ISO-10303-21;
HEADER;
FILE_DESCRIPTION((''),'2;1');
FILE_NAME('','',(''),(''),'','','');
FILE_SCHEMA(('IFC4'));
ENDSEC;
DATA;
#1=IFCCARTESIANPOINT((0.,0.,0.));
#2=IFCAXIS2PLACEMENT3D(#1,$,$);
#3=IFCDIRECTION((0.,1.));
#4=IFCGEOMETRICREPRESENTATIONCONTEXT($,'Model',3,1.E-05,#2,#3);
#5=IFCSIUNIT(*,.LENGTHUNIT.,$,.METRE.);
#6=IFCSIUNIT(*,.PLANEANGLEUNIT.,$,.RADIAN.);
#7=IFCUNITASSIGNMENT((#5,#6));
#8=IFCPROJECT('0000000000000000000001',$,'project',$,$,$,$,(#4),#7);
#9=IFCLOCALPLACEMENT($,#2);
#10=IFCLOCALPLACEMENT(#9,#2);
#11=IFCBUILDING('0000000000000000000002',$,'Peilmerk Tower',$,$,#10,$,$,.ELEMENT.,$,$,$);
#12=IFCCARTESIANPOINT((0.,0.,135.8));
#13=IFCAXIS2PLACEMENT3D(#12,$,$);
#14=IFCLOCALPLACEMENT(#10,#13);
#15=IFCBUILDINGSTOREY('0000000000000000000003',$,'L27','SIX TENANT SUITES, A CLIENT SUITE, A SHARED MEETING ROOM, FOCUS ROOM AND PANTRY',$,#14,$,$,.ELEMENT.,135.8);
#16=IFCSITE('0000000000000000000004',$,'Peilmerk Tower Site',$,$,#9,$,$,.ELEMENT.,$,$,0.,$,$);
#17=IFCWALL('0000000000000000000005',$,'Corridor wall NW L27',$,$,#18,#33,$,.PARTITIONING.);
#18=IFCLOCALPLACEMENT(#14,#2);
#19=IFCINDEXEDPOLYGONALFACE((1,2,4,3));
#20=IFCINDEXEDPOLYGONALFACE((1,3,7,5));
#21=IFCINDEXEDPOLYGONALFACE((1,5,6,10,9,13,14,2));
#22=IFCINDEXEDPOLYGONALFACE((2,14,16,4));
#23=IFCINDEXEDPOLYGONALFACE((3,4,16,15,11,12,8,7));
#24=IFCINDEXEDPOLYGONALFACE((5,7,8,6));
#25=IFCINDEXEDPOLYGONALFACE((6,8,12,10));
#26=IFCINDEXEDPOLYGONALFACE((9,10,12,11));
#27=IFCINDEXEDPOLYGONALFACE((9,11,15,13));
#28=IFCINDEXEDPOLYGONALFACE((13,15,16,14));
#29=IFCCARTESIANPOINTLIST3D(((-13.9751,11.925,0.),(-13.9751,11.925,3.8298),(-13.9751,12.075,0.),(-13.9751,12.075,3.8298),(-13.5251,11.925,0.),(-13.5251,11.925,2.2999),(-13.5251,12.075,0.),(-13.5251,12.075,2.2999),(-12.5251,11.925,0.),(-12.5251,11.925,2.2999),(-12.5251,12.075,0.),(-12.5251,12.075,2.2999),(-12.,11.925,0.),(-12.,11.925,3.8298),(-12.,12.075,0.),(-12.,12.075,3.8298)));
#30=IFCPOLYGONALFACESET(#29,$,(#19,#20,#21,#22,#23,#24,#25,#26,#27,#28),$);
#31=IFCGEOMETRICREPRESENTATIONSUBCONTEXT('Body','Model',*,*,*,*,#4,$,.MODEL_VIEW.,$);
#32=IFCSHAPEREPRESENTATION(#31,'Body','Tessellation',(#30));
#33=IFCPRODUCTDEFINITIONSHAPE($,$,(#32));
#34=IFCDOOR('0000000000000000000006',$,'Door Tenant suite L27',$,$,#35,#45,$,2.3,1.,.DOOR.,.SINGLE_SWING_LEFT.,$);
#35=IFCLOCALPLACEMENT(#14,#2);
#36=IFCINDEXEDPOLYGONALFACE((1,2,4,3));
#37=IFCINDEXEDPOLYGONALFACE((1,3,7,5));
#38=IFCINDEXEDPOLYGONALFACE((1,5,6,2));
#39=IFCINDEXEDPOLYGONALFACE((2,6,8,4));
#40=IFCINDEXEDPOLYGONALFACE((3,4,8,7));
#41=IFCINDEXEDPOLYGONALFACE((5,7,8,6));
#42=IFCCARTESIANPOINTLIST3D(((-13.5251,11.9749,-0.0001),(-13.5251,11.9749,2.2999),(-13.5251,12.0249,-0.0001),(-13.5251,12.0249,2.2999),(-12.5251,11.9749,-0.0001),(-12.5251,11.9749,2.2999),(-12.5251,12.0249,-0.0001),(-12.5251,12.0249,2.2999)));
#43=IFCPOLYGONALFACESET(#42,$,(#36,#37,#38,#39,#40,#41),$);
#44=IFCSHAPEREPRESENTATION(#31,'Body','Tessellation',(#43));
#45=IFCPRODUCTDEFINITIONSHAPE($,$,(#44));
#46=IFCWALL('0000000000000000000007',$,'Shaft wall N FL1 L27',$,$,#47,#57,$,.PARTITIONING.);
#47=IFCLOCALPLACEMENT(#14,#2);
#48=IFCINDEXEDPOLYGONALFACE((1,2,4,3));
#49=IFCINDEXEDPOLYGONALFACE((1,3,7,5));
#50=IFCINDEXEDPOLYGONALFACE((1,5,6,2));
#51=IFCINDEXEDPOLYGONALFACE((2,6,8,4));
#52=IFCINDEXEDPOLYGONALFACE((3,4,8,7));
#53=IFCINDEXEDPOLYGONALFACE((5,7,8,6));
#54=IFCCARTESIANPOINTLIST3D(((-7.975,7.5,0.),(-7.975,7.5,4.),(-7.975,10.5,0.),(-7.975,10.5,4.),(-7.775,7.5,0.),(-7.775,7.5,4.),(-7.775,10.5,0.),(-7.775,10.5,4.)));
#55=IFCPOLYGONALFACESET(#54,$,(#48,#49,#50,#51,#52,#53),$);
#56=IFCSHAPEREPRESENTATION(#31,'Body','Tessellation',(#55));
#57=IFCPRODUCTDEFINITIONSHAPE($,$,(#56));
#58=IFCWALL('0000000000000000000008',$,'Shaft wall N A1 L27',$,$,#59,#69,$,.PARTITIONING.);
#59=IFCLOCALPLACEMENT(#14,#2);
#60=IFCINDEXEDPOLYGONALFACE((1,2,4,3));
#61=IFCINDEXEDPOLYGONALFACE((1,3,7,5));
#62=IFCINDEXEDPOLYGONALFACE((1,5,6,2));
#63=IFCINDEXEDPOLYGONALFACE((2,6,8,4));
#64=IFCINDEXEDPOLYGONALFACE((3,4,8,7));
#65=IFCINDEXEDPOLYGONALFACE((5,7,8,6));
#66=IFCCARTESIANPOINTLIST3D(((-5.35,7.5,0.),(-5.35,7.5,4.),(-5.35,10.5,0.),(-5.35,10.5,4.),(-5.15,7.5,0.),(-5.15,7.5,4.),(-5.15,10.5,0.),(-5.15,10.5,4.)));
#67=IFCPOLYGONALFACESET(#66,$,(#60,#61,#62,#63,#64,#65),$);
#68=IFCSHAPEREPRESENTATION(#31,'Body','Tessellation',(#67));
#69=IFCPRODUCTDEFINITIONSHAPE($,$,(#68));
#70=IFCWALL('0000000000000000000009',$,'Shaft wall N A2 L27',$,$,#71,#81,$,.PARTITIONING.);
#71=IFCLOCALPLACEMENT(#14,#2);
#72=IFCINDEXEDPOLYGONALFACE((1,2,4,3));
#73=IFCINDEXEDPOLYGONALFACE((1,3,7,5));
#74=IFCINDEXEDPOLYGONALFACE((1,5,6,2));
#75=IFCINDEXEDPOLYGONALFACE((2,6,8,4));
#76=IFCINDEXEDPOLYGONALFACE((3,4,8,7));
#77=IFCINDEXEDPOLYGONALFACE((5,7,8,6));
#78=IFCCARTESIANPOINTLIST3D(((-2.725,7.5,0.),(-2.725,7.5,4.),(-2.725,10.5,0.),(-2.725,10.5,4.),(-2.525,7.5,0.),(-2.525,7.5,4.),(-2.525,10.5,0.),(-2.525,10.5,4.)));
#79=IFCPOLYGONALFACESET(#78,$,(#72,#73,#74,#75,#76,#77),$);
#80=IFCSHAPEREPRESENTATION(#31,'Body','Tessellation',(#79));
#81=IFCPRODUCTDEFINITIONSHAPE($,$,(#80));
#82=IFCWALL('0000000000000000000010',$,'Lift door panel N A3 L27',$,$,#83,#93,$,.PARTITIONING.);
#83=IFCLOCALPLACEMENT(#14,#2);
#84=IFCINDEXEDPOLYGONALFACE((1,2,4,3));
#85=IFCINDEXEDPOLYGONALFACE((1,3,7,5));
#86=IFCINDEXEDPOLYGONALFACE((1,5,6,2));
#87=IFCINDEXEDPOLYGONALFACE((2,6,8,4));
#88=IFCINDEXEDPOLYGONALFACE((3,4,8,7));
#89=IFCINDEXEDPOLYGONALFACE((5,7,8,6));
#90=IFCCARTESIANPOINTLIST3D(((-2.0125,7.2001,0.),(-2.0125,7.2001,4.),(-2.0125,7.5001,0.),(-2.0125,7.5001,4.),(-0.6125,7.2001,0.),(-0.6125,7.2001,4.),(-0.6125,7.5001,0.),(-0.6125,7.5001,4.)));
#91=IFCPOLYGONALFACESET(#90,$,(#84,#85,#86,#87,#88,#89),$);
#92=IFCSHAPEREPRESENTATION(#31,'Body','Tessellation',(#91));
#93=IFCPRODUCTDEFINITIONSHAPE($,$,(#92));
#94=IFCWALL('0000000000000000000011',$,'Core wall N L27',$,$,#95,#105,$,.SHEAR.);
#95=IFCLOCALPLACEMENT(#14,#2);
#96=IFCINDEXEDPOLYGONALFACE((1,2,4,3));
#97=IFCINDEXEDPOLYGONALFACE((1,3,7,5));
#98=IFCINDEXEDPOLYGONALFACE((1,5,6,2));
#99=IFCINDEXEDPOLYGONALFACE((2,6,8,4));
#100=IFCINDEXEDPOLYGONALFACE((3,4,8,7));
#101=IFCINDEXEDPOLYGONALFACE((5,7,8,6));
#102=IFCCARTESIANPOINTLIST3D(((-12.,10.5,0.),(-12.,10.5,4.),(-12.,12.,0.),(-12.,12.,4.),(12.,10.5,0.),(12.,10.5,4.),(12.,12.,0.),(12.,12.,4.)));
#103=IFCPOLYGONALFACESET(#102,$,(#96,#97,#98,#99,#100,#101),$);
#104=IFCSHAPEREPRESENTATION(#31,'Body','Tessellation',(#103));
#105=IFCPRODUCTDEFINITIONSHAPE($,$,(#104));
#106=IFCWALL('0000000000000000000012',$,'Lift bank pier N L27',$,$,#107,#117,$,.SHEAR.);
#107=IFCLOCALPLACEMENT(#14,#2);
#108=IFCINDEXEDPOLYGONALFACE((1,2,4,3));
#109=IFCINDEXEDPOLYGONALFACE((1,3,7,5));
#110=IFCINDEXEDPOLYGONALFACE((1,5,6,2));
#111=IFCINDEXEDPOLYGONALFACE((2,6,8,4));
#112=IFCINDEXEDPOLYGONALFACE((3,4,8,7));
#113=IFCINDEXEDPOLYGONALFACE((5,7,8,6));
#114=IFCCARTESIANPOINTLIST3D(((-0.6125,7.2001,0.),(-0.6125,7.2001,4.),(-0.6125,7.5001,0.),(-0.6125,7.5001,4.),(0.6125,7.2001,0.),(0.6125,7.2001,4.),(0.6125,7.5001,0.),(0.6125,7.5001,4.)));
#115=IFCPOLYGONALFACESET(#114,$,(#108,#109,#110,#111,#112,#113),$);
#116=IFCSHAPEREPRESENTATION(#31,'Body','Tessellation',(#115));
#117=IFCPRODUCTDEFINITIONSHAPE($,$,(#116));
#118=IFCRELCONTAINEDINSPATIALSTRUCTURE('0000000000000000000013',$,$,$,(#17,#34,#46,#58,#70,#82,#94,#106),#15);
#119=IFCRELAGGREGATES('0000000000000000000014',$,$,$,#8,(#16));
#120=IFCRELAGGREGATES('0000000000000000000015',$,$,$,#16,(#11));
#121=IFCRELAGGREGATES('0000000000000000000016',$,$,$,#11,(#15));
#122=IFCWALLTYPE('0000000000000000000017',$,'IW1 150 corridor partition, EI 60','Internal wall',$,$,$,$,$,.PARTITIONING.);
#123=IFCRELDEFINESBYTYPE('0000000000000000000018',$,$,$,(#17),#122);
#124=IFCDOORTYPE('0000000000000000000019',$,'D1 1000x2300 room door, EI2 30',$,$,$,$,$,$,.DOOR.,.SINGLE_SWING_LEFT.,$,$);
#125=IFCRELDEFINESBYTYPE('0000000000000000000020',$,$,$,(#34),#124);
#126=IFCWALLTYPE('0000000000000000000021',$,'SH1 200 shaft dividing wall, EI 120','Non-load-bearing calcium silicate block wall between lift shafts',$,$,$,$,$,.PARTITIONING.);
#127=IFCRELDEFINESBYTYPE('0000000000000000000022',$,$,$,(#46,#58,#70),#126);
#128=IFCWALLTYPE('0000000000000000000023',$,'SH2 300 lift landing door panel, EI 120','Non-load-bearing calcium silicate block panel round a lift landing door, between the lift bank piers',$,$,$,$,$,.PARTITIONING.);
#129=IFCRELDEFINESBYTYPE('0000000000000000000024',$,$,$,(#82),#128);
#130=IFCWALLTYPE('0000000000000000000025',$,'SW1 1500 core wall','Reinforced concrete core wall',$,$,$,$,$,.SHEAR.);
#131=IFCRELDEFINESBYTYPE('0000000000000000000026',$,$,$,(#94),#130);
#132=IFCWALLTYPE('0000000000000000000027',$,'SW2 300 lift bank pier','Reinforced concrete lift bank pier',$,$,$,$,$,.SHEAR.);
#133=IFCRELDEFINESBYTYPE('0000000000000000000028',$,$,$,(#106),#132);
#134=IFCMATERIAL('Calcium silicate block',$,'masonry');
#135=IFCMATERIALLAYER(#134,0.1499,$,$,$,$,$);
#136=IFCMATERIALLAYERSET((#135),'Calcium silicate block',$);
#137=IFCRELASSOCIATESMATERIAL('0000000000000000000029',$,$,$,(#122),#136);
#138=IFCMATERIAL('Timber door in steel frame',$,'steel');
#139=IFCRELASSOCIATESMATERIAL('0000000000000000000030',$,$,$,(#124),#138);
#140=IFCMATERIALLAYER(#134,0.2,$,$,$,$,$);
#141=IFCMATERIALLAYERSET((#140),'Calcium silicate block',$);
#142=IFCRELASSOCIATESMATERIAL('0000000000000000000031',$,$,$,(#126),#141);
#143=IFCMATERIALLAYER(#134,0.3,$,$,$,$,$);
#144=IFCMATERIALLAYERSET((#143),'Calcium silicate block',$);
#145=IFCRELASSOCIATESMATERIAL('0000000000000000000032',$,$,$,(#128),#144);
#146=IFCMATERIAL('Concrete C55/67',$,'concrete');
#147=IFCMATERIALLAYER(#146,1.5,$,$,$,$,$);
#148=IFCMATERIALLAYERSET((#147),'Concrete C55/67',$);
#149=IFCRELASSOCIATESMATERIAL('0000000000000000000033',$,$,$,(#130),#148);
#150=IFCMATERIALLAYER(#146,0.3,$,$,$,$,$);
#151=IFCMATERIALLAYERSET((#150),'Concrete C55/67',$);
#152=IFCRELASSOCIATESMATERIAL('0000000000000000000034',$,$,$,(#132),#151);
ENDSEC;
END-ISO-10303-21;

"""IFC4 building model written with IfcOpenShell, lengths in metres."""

from ifc_helpers import new_model, si_unit, direction, frame, frame_2d, origin, place, context, subcontext, project, spatial, rectangle, extrude, material, layer, layer_set, type_object, element, fill, save


model = new_model("IFC4")

# Units and contexts
model_context = context("Model", 3, precision=1e-05, world=origin(), true_north=direction((0.0, 1.0)))
body_context = subcontext(model_context, "Body", "Model", "MODEL_VIEW")
ifc_project = project(units=[si_unit("LENGTHUNIT", "METRE"), si_unit("PLANEANGLEUNIT", "RADIAN")], contexts=[model_context])

# Site, building, storey
site_placement = place(None, origin())
site = spatial("IfcSite", under=ifc_project, at=site_placement, Name="Peilmerk Tower Site", CompositionType="ELEMENT", RefElevation=0.0)
building_placement = place(site_placement, origin())
building = spatial("IfcBuilding", under=site, at=building_placement, Name="Peilmerk Tower", CompositionType="ELEMENT")
storey_placement = place(building_placement, frame((0.0, 0.0, 135.8)))
storey = spatial("IfcBuildingStorey", under=building, at=storey_placement, Name="L27", Description="SIX TENANT SUITES, A CLIENT SUITE, A SHARED MEETING ROOM, FOCUS ROOM AND PANTRY", CompositionType="ELEMENT", Elevation=135.8)

# Shared definitions
ifc_material_1 = material(Name="Calcium silicate block", Category="masonry")
ifc_layer_1 = layer(ifc_material_1, 0.1499)
ifc_layer_set_1 = layer_set([ifc_layer_1], Name="Calcium silicate block")
wall_type_1 = type_object("IfcWallType", Name="IW1 150 corridor partition, EI 60", Description="Internal wall", PredefinedType="PARTITIONING", material=ifc_layer_set_1)
ifc_material_2 = material(Name="Timber door in steel frame", Category="steel")
door_type_1 = type_object("IfcDoorType", Name="D1 1000x2300 room door, EI2 30", OperationType="SINGLE_SWING_LEFT", PredefinedType="DOOR", material=ifc_material_2)

# Wall, opening, door
wall_1_placement = place(storey_placement, frame((-13.9751, 12.0, 0.0), z_axis=(0.0, 0.0, 1.0), x_axis=(1.0, 0.0, 0.0)))
wall_1 = element("IfcWall", 1, at=wall_1_placement, inside=storey, type_object=wall_type_1, Name="Corridor wall NW L27", PredefinedType="PARTITIONING", context=body_context, shape_type="SweptSolid", body=[
    extrude(rectangle(XDim=1.9751, YDim=0.1499, at=frame_2d((0.9875, 0.0))), origin(), (0.0, 0.0, 1.0), 3.8298),
])
opening_1_placement = place(wall_1_placement, frame((0.45, 0.0, 0.0)))
opening_1 = element("IfcOpeningElement", 2, at=opening_1_placement, cuts=wall_1, PredefinedType="OPENING", context=body_context, shape_type="SweptSolid", body=[
    extrude(rectangle(XDim=1.0, YDim=2.3, at=frame_2d((0.5, 1.1499))), frame((0.0, 0.085, 0.0), z_axis=(0.0, -1.0, 0.0), x_axis=(1.0, 0.0, 0.0)), (0.0, 0.0, 1.0), 0.1699),
])
door_1_placement = place(opening_1_placement, origin())
door_1 = element("IfcDoor", 3, at=door_1_placement, inside=storey, type_object=door_type_1, Name="Door Tenant suite L27", OperationType="SINGLE_SWING_LEFT", OverallHeight=2.3, OverallWidth=1.0, PredefinedType="DOOR", context=body_context, shape_type="SweptSolid", body=[
    extrude(rectangle(XDim=1.0, YDim=2.3, at=frame_2d((0.5, 1.1499))), frame((0.0, 0.0249, 0.0), z_axis=(0.0, -1.0, 0.0), x_axis=(1.0, 0.0, 0.0)), (0.0, 0.0, 1.0), 0.05),
])
fill(opening_1, door_1)

# Walls
ifc_layer_2 = layer(ifc_material_1, 0.2)
ifc_layer_set_2 = layer_set([ifc_layer_2], Name="Calcium silicate block")
wall_type_2 = type_object("IfcWallType", Name="SH1 200 shaft dividing wall, EI 120", Description="Non-load-bearing calcium silicate block wall between lift shafts", PredefinedType="PARTITIONING", material=ifc_layer_set_2)
for number, where, z_axis, x_axis, name in (
    (4, (-7.875, 7.5, 0.0), (0.0, 0.0, 1.0), (0.0, 1.0, 0.0), "Shaft wall N FL1 L27"),
    (5, (-5.25, 7.5, 0.0), (0.0, 0.0, 1.0), (0.0, 1.0, 0.0), "Shaft wall N A1 L27"),
    (6, (-2.625, 7.5, 0.0), (0.0, 0.0, 1.0), (0.0, 1.0, 0.0), "Shaft wall N A2 L27"),
):
    element("IfcWall", number, at=place(storey_placement, frame(where, z_axis=z_axis, x_axis=x_axis)), inside=storey, type_object=wall_type_2, Name=name, PredefinedType="PARTITIONING", context=body_context, shape_type="SweptSolid", body=[
        extrude(rectangle(XDim=3.0, YDim=0.2, at=frame_2d((1.5, 0.0))), origin(), (0.0, 0.0, 1.0), 4.0),
    ])
ifc_layer_3 = layer(ifc_material_1, 0.3)
ifc_layer_set_3 = layer_set([ifc_layer_3], Name="Calcium silicate block")
wall_type_3 = type_object("IfcWallType", Name="SH2 300 lift landing door panel, EI 120", Description="Non-load-bearing calcium silicate block panel round a lift landing door, between the lift bank piers", PredefinedType="PARTITIONING", material=ifc_layer_set_3)
wall_2_placement = place(storey_placement, frame((-2.0125, 7.3501, 0.0), z_axis=(0.0, 0.0, 1.0), x_axis=(1.0, 0.0, 0.0)))
element("IfcWall", 7, at=wall_2_placement, inside=storey, type_object=wall_type_3, Name="Lift door panel N A3 L27", PredefinedType="PARTITIONING", context=body_context, shape_type="SweptSolid", body=[
    extrude(rectangle(XDim=1.3999, YDim=0.3, at=frame_2d((0.7, 0.0))), origin(), (0.0, 0.0, 1.0), 4.0),
])
ifc_material_3 = material(Name="Concrete C55/67", Category="concrete")
ifc_layer_4 = layer(ifc_material_3, 1.5)
ifc_layer_set_4 = layer_set([ifc_layer_4], Name="Concrete C55/67")
wall_type_4 = type_object("IfcWallType", Name="SW1 1500 core wall", Description="Reinforced concrete core wall", PredefinedType="SHEAR", material=ifc_layer_set_4)
wall_3_placement = place(storey_placement, frame((-12.0, 11.25, 0.0), z_axis=(0.0, 0.0, 1.0), x_axis=(1.0, 0.0, 0.0)))
element("IfcWall", 8, at=wall_3_placement, inside=storey, type_object=wall_type_4, Name="Core wall N L27", PredefinedType="SHEAR", context=body_context, shape_type="SweptSolid", body=[
    extrude(rectangle(XDim=24.0, YDim=1.5, at=frame_2d((12.0, 0.0))), origin(), (0.0, 0.0, 1.0), 4.0),
])
ifc_layer_5 = layer(ifc_material_3, 0.3)
ifc_layer_set_5 = layer_set([ifc_layer_5], Name="Concrete C55/67")
wall_type_5 = type_object("IfcWallType", Name="SW2 300 lift bank pier", Description="Reinforced concrete lift bank pier", PredefinedType="SHEAR", material=ifc_layer_set_5)
wall_4_placement = place(storey_placement, frame((-0.6125, 7.3501, 0.0), z_axis=(0.0, 0.0, 1.0), x_axis=(1.0, 0.0, 0.0)))
element("IfcWall", 9, at=wall_4_placement, inside=storey, type_object=wall_type_5, Name="Lift bank pier N L27", PredefinedType="SHEAR", context=body_context, shape_type="SweptSolid", body=[
    extrude(rectangle(XDim=1.2251, YDim=0.3, at=frame_2d((0.6125, 0.0))), origin(), (0.0, 0.0, 1.0), 4.0),
])

save(model, "model.ifc")
